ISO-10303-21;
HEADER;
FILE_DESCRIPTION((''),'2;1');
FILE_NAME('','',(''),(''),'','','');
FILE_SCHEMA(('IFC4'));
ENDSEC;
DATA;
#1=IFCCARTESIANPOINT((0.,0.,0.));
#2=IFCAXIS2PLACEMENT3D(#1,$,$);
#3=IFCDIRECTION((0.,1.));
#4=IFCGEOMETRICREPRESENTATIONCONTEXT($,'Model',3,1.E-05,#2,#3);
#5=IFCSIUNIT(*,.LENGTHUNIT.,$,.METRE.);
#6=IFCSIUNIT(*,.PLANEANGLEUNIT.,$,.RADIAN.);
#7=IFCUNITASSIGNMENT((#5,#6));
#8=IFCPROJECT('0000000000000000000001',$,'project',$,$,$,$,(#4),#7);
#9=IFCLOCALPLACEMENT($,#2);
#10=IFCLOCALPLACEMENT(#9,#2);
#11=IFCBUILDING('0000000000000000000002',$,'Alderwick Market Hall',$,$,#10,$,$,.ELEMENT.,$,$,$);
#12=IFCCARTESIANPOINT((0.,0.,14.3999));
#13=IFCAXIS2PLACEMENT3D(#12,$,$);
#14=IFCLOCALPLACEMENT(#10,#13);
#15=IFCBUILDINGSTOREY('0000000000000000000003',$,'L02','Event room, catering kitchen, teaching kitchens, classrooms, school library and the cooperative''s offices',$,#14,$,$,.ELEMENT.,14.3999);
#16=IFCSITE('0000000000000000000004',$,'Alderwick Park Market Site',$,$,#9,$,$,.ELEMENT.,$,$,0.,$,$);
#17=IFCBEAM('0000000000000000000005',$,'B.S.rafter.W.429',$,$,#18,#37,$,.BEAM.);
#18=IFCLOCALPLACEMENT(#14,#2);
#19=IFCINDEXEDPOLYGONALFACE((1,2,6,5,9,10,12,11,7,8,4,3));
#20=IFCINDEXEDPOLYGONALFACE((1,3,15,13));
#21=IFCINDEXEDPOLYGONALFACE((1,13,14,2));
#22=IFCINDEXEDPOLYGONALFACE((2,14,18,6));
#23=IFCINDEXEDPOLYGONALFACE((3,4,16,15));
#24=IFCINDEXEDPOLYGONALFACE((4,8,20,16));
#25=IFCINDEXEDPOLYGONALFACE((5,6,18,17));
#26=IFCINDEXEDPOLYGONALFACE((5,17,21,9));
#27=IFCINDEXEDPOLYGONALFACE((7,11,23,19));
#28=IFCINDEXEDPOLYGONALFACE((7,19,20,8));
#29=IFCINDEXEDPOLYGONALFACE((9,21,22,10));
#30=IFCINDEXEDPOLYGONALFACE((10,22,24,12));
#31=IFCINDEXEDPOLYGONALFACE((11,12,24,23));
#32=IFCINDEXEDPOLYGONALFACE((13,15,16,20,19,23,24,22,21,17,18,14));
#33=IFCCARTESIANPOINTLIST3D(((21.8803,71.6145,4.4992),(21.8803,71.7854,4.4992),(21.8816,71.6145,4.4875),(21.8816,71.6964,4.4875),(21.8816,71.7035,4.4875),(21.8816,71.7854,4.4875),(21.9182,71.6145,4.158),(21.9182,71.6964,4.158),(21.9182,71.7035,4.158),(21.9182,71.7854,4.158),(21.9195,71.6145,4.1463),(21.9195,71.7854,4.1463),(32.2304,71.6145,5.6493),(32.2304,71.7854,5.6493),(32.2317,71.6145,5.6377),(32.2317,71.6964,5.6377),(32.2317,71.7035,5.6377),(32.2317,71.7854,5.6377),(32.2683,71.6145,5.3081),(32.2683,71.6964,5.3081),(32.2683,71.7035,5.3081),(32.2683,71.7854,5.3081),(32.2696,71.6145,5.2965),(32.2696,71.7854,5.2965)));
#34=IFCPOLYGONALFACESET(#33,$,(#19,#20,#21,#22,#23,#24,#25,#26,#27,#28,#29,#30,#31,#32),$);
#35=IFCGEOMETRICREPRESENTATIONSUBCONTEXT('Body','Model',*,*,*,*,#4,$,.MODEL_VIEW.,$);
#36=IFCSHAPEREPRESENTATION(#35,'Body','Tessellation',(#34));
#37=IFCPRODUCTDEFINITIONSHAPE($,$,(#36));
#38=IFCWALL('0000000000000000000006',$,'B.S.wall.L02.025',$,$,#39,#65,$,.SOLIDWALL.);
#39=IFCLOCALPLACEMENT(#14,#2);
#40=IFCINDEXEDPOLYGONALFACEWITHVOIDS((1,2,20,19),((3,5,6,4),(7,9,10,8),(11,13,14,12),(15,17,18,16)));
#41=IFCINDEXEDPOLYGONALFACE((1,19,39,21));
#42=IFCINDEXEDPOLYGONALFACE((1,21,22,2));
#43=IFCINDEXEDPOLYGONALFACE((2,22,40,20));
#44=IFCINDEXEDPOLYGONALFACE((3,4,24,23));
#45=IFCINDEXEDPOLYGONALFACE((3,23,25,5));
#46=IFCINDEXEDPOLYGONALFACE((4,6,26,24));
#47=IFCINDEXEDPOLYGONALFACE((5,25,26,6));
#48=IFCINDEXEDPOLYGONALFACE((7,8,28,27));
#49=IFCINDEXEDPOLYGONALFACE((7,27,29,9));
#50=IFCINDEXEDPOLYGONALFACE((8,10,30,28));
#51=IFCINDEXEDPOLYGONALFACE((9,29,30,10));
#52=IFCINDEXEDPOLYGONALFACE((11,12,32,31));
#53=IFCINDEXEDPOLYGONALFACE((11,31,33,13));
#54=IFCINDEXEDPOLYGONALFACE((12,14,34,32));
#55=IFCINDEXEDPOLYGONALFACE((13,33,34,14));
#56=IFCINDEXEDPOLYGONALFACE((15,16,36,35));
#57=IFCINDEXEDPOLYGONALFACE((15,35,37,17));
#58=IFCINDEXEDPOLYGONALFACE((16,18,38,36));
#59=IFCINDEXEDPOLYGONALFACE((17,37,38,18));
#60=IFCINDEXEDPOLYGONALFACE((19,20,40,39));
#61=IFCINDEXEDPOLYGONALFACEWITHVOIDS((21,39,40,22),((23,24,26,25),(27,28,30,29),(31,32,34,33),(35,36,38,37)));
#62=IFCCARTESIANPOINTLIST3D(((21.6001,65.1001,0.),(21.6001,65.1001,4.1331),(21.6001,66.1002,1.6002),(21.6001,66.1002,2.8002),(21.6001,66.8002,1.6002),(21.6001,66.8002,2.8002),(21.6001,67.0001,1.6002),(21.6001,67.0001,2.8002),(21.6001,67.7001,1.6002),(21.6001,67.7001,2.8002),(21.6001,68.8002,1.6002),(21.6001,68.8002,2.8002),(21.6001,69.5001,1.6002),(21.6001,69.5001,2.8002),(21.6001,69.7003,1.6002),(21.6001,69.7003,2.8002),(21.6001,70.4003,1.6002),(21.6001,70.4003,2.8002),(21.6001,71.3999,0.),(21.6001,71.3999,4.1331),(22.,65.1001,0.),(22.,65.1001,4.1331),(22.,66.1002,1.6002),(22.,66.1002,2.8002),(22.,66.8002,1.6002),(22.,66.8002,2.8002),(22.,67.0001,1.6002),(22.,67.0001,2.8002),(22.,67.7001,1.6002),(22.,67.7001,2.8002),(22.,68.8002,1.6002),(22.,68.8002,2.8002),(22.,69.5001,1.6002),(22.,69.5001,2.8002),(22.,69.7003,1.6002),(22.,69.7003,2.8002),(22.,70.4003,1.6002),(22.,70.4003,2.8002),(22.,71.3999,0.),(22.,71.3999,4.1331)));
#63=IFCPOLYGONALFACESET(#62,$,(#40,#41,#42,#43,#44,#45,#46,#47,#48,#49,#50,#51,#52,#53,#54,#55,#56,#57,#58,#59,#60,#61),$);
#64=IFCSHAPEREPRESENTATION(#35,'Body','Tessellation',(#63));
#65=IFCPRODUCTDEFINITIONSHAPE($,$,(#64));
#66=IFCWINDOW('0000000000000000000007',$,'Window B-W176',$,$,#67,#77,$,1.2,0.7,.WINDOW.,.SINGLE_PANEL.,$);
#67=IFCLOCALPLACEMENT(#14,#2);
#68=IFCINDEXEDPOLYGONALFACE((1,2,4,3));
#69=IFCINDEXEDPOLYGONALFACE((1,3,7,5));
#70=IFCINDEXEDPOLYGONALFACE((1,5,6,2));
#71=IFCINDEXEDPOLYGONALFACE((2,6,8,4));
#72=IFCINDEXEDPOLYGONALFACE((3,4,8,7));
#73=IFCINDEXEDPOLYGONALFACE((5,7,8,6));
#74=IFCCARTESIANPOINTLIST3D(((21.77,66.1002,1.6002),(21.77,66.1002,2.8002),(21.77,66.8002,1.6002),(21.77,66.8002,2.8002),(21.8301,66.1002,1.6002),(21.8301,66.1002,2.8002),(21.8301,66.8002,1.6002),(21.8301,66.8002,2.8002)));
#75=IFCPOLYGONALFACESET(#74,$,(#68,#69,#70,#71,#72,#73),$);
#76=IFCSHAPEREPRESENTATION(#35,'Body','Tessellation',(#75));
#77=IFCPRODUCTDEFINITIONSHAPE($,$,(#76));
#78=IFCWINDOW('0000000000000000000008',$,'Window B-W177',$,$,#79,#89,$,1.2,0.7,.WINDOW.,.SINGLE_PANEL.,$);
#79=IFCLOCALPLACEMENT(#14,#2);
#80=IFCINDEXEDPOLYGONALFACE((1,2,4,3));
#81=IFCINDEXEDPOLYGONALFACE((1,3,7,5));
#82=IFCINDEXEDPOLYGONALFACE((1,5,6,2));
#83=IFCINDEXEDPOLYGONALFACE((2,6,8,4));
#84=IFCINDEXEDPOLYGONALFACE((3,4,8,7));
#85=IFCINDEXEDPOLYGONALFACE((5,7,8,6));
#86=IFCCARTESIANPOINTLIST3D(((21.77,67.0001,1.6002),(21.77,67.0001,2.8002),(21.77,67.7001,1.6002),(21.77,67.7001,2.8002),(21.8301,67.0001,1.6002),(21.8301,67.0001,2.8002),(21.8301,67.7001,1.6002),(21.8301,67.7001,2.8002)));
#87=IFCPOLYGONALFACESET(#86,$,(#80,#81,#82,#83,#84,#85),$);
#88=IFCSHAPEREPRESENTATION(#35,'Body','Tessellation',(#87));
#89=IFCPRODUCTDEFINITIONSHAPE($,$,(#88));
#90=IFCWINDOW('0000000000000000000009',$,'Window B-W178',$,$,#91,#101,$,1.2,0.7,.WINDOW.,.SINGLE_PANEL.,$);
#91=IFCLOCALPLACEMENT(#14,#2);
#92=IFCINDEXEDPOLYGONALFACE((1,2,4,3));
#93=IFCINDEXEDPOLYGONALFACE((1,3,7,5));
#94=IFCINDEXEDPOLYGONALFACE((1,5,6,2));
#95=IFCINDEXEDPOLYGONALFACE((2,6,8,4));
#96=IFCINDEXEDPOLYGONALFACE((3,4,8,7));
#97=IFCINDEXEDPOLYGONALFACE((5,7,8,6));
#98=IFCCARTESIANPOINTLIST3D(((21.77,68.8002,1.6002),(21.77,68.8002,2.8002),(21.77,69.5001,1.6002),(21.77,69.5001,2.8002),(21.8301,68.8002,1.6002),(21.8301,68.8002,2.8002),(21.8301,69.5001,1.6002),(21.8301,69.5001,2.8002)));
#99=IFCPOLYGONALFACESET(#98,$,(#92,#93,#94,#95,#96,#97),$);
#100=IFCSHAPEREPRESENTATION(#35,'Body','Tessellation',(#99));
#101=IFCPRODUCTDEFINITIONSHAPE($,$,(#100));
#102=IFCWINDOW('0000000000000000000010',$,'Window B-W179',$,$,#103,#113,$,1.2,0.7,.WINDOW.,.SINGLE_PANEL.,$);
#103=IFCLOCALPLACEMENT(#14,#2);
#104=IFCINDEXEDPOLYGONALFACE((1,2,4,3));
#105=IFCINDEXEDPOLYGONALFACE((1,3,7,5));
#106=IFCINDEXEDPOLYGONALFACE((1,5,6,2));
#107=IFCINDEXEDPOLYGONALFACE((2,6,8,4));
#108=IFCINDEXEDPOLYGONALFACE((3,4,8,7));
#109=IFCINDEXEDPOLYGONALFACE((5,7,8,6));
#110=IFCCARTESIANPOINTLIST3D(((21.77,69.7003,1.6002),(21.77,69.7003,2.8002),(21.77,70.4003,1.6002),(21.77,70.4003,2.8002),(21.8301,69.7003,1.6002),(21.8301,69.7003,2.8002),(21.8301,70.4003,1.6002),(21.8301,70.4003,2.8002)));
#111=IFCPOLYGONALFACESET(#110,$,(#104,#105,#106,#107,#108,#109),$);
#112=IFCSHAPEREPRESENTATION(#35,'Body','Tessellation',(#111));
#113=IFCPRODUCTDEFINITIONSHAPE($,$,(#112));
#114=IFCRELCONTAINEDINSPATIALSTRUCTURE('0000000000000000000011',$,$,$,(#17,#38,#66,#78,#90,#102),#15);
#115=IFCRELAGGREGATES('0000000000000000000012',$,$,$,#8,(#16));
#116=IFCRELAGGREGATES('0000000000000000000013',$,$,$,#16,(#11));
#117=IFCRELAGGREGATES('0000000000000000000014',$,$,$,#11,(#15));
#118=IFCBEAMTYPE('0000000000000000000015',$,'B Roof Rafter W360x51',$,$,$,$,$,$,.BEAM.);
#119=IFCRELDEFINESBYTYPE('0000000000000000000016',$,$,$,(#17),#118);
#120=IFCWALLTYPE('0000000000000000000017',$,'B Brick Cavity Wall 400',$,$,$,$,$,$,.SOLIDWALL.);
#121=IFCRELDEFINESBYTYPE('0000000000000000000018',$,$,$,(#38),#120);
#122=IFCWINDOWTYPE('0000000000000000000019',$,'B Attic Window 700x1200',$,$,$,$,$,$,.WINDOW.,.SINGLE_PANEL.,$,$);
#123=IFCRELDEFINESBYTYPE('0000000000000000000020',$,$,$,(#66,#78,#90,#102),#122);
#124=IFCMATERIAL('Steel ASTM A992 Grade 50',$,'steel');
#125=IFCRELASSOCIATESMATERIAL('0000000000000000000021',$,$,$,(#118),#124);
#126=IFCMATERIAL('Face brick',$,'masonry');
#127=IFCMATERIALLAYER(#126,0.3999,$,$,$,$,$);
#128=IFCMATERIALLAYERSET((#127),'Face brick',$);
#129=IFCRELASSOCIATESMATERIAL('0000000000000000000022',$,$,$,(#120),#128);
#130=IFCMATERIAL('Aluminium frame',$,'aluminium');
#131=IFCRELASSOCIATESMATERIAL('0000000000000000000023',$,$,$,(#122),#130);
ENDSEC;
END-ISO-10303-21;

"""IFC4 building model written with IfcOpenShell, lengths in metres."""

from ifc_helpers import new_model, si_unit, direction, frame, frame_2d, origin, origin_2d, place, context, subcontext, project, spatial, rectangle, i_section, extrude, material, layer, layer_set, material_profile, profile_set, type_object, element, fill, save


model = new_model("IFC4")

# Units and contexts
model_context = context("Model", 3, precision=1e-05, world=origin(), true_north=direction((0.0, 1.0)))
body_context = subcontext(model_context, "Body", "Model", "MODEL_VIEW")
ifc_project = project(units=[si_unit("LENGTHUNIT", "METRE"), si_unit("PLANEANGLEUNIT", "RADIAN")], contexts=[model_context])

# Site, building, storey
site_placement = place(None, origin())
site = spatial("IfcSite", under=ifc_project, at=site_placement, Name="Alderwick Park Market Site", CompositionType="ELEMENT", RefElevation=0.0)
building_placement = place(site_placement, origin())
building = spatial("IfcBuilding", under=site, at=building_placement, Name="Alderwick Market Hall", CompositionType="ELEMENT")
storey_placement = place(building_placement, frame((0.0, 0.0, 14.3999)))
storey = spatial("IfcBuildingStorey", under=building, at=storey_placement, Name="L02", Description="Event room, catering kitchen, teaching kitchens, classrooms, school library and the cooperative's offices", CompositionType="ELEMENT", Elevation=14.3999)

# Shared definitions
ifc_material_1 = material(Name="Steel ASTM A992 Grade 50", Category="steel")

# Beam
ifc_material_profile_1 = material_profile(ifc_material_1, i_section(OverallWidth=0.1709, OverallDepth=0.355, WebThickness=0.0071, FlangeThickness=0.0117, at=origin_2d()), Name="W360x51")
ifc_profile_set_1 = profile_set([ifc_material_profile_1], Name="Steel ASTM A992 Grade 50")
beam_type_1 = type_object("IfcBeamType", Name="B Roof Rafter W360x51", PredefinedType="BEAM", material=ifc_profile_set_1)
beam_1_placement = place(storey_placement, frame((21.8999, 71.7, 4.3228), z_axis=(0.993882, 0.0, 0.110444), x_axis=(0.0, 1.0, 0.0)))
element("IfcBeam", 1, at=beam_1_placement, inside=storey, type_object=beam_type_1, Name="B.S.rafter.W.429", PredefinedType="BEAM", context=body_context, shape_type="SweptSolid", body=[
    extrude(i_section(OverallWidth=0.1709, OverallDepth=0.355, WebThickness=0.0071, FlangeThickness=0.0117, at=origin_2d()), origin(), (0.0, 0.0, 1.0), 10.4138),
])

# Wall, openings, windows
ifc_material_2 = material(Name="Face brick", Category="masonry")
ifc_layer = layer(ifc_material_2, 0.3999)
ifc_layer_set = layer_set([ifc_layer], Name="Face brick")
wall_type = type_object("IfcWallType", Name="B Brick Cavity Wall 400", PredefinedType="SOLIDWALL", material=ifc_layer_set)
wall_placement = place(storey_placement, frame((21.8, 65.1001, 0.0), z_axis=(0.0, 0.0, 1.0), x_axis=(0.0, 1.0, 0.0)))
wall = element("IfcWall", 2, at=wall_placement, inside=storey, type_object=wall_type, Name="B.S.wall.L02.025", PredefinedType="SOLIDWALL", context=body_context, shape_type="SweptSolid", body=[
    extrude(rectangle(XDim=6.2998, YDim=0.3999, at=frame_2d((3.1499, 0.0))), origin(), (0.0, 0.0, 1.0), 4.1331),
])
opening_1_placement = place(wall_placement, frame((1.0, 0.0, 1.6001)))
opening_1 = element("IfcOpeningElement", 3, at=opening_1_placement, cuts=wall, PredefinedType="OPENING", context=body_context, shape_type="SweptSolid", body=[
    extrude(rectangle(XDim=0.7, YDim=1.2, at=frame_2d((0.3501, 0.6001))), frame((0.0, 0.21, 0.0), z_axis=(0.0, -1.0, 0.0), x_axis=(1.0, 0.0, 0.0)), (0.0, 0.0, 1.0), 0.4199),
])
opening_2_placement = place(wall_placement, frame((1.8999, 0.0, 1.6001)))
opening_2 = element("IfcOpeningElement", 4, at=opening_2_placement, cuts=wall, PredefinedType="OPENING", context=body_context, shape_type="SweptSolid", body=[
    extrude(rectangle(XDim=0.7, YDim=1.2, at=frame_2d((0.3501, 0.6001))), frame((0.0, 0.21, 0.0), z_axis=(0.0, -1.0, 0.0), x_axis=(1.0, 0.0, 0.0)), (0.0, 0.0, 1.0), 0.4199),
])
opening_3_placement = place(wall_placement, frame((3.7, 0.0, 1.6001)))
opening_3 = element("IfcOpeningElement", 5, at=opening_3_placement, cuts=wall, PredefinedType="OPENING", context=body_context, shape_type="SweptSolid", body=[
    extrude(rectangle(XDim=0.7, YDim=1.2, at=frame_2d((0.3501, 0.6001))), frame((0.0, 0.21, 0.0), z_axis=(0.0, -1.0, 0.0), x_axis=(1.0, 0.0, 0.0)), (0.0, 0.0, 1.0), 0.4199),
])
opening_4_placement = place(wall_placement, frame((4.6001, 0.0, 1.6001)))
opening_4 = element("IfcOpeningElement", 6, at=opening_4_placement, cuts=wall, PredefinedType="OPENING", context=body_context, shape_type="SweptSolid", body=[
    extrude(rectangle(XDim=0.7, YDim=1.2, at=frame_2d((0.3501, 0.6001))), frame((0.0, 0.21, 0.0), z_axis=(0.0, -1.0, 0.0), x_axis=(1.0, 0.0, 0.0)), (0.0, 0.0, 1.0), 0.4199),
])
ifc_material_3 = material(Name="Aluminium frame", Category="aluminium")
window_type = type_object("IfcWindowType", Name="B Attic Window 700x1200", PartitioningType="SINGLE_PANEL", PredefinedType="WINDOW", material=ifc_material_3)
window_1_placement = place(opening_1_placement, origin())
window_1 = element("IfcWindow", 7, at=window_1_placement, inside=storey, type_object=window_type, Name="Window B-W176", OverallHeight=1.2, OverallWidth=0.7, PartitioningType="SINGLE_PANEL", PredefinedType="WINDOW", context=body_context, shape_type="SweptSolid", body=[
    extrude(rectangle(XDim=0.7, YDim=1.2, at=frame_2d((0.3501, 0.6001))), frame((0.0, 0.03, 0.0), z_axis=(0.0, -1.0, 0.0), x_axis=(1.0, 0.0, 0.0)), (0.0, 0.0, 1.0), 0.0601),
])
fill(opening_1, window_1)
window_2_placement = place(opening_2_placement, origin())
window_2 = element("IfcWindow", 8, at=window_2_placement, inside=storey, type_object=window_type, Name="Window B-W177", OverallHeight=1.2, OverallWidth=0.7, PartitioningType="SINGLE_PANEL", PredefinedType="WINDOW", context=body_context, shape_type="SweptSolid", body=[
    extrude(rectangle(XDim=0.7, YDim=1.2, at=frame_2d((0.3501, 0.6001))), frame((0.0, 0.03, 0.0), z_axis=(0.0, -1.0, 0.0), x_axis=(1.0, 0.0, 0.0)), (0.0, 0.0, 1.0), 0.0601),
])
fill(opening_2, window_2)
window_3_placement = place(opening_3_placement, origin())
window_3 = element("IfcWindow", 9, at=window_3_placement, inside=storey, type_object=window_type, Name="Window B-W178", OverallHeight=1.2, OverallWidth=0.7, PartitioningType="SINGLE_PANEL", PredefinedType="WINDOW", context=body_context, shape_type="SweptSolid", body=[
    extrude(rectangle(XDim=0.7, YDim=1.2, at=frame_2d((0.3501, 0.6001))), frame((0.0, 0.03, 0.0), z_axis=(0.0, -1.0, 0.0), x_axis=(1.0, 0.0, 0.0)), (0.0, 0.0, 1.0), 0.0601),
])
fill(opening_3, window_3)
window_4_placement = place(opening_4_placement, origin())
window_4 = element("IfcWindow", 10, at=window_4_placement, inside=storey, type_object=window_type, Name="Window B-W179", OverallHeight=1.2, OverallWidth=0.7, PartitioningType="SINGLE_PANEL", PredefinedType="WINDOW", context=body_context, shape_type="SweptSolid", body=[
    extrude(rectangle(XDim=0.7, YDim=1.2, at=frame_2d((0.3501, 0.6001))), frame((0.0, 0.03, 0.0), z_axis=(0.0, -1.0, 0.0), x_axis=(1.0, 0.0, 0.0)), (0.0, 0.0, 1.0), 0.0601),
])
fill(opening_4, window_4)

save(model, "model.ifc")
